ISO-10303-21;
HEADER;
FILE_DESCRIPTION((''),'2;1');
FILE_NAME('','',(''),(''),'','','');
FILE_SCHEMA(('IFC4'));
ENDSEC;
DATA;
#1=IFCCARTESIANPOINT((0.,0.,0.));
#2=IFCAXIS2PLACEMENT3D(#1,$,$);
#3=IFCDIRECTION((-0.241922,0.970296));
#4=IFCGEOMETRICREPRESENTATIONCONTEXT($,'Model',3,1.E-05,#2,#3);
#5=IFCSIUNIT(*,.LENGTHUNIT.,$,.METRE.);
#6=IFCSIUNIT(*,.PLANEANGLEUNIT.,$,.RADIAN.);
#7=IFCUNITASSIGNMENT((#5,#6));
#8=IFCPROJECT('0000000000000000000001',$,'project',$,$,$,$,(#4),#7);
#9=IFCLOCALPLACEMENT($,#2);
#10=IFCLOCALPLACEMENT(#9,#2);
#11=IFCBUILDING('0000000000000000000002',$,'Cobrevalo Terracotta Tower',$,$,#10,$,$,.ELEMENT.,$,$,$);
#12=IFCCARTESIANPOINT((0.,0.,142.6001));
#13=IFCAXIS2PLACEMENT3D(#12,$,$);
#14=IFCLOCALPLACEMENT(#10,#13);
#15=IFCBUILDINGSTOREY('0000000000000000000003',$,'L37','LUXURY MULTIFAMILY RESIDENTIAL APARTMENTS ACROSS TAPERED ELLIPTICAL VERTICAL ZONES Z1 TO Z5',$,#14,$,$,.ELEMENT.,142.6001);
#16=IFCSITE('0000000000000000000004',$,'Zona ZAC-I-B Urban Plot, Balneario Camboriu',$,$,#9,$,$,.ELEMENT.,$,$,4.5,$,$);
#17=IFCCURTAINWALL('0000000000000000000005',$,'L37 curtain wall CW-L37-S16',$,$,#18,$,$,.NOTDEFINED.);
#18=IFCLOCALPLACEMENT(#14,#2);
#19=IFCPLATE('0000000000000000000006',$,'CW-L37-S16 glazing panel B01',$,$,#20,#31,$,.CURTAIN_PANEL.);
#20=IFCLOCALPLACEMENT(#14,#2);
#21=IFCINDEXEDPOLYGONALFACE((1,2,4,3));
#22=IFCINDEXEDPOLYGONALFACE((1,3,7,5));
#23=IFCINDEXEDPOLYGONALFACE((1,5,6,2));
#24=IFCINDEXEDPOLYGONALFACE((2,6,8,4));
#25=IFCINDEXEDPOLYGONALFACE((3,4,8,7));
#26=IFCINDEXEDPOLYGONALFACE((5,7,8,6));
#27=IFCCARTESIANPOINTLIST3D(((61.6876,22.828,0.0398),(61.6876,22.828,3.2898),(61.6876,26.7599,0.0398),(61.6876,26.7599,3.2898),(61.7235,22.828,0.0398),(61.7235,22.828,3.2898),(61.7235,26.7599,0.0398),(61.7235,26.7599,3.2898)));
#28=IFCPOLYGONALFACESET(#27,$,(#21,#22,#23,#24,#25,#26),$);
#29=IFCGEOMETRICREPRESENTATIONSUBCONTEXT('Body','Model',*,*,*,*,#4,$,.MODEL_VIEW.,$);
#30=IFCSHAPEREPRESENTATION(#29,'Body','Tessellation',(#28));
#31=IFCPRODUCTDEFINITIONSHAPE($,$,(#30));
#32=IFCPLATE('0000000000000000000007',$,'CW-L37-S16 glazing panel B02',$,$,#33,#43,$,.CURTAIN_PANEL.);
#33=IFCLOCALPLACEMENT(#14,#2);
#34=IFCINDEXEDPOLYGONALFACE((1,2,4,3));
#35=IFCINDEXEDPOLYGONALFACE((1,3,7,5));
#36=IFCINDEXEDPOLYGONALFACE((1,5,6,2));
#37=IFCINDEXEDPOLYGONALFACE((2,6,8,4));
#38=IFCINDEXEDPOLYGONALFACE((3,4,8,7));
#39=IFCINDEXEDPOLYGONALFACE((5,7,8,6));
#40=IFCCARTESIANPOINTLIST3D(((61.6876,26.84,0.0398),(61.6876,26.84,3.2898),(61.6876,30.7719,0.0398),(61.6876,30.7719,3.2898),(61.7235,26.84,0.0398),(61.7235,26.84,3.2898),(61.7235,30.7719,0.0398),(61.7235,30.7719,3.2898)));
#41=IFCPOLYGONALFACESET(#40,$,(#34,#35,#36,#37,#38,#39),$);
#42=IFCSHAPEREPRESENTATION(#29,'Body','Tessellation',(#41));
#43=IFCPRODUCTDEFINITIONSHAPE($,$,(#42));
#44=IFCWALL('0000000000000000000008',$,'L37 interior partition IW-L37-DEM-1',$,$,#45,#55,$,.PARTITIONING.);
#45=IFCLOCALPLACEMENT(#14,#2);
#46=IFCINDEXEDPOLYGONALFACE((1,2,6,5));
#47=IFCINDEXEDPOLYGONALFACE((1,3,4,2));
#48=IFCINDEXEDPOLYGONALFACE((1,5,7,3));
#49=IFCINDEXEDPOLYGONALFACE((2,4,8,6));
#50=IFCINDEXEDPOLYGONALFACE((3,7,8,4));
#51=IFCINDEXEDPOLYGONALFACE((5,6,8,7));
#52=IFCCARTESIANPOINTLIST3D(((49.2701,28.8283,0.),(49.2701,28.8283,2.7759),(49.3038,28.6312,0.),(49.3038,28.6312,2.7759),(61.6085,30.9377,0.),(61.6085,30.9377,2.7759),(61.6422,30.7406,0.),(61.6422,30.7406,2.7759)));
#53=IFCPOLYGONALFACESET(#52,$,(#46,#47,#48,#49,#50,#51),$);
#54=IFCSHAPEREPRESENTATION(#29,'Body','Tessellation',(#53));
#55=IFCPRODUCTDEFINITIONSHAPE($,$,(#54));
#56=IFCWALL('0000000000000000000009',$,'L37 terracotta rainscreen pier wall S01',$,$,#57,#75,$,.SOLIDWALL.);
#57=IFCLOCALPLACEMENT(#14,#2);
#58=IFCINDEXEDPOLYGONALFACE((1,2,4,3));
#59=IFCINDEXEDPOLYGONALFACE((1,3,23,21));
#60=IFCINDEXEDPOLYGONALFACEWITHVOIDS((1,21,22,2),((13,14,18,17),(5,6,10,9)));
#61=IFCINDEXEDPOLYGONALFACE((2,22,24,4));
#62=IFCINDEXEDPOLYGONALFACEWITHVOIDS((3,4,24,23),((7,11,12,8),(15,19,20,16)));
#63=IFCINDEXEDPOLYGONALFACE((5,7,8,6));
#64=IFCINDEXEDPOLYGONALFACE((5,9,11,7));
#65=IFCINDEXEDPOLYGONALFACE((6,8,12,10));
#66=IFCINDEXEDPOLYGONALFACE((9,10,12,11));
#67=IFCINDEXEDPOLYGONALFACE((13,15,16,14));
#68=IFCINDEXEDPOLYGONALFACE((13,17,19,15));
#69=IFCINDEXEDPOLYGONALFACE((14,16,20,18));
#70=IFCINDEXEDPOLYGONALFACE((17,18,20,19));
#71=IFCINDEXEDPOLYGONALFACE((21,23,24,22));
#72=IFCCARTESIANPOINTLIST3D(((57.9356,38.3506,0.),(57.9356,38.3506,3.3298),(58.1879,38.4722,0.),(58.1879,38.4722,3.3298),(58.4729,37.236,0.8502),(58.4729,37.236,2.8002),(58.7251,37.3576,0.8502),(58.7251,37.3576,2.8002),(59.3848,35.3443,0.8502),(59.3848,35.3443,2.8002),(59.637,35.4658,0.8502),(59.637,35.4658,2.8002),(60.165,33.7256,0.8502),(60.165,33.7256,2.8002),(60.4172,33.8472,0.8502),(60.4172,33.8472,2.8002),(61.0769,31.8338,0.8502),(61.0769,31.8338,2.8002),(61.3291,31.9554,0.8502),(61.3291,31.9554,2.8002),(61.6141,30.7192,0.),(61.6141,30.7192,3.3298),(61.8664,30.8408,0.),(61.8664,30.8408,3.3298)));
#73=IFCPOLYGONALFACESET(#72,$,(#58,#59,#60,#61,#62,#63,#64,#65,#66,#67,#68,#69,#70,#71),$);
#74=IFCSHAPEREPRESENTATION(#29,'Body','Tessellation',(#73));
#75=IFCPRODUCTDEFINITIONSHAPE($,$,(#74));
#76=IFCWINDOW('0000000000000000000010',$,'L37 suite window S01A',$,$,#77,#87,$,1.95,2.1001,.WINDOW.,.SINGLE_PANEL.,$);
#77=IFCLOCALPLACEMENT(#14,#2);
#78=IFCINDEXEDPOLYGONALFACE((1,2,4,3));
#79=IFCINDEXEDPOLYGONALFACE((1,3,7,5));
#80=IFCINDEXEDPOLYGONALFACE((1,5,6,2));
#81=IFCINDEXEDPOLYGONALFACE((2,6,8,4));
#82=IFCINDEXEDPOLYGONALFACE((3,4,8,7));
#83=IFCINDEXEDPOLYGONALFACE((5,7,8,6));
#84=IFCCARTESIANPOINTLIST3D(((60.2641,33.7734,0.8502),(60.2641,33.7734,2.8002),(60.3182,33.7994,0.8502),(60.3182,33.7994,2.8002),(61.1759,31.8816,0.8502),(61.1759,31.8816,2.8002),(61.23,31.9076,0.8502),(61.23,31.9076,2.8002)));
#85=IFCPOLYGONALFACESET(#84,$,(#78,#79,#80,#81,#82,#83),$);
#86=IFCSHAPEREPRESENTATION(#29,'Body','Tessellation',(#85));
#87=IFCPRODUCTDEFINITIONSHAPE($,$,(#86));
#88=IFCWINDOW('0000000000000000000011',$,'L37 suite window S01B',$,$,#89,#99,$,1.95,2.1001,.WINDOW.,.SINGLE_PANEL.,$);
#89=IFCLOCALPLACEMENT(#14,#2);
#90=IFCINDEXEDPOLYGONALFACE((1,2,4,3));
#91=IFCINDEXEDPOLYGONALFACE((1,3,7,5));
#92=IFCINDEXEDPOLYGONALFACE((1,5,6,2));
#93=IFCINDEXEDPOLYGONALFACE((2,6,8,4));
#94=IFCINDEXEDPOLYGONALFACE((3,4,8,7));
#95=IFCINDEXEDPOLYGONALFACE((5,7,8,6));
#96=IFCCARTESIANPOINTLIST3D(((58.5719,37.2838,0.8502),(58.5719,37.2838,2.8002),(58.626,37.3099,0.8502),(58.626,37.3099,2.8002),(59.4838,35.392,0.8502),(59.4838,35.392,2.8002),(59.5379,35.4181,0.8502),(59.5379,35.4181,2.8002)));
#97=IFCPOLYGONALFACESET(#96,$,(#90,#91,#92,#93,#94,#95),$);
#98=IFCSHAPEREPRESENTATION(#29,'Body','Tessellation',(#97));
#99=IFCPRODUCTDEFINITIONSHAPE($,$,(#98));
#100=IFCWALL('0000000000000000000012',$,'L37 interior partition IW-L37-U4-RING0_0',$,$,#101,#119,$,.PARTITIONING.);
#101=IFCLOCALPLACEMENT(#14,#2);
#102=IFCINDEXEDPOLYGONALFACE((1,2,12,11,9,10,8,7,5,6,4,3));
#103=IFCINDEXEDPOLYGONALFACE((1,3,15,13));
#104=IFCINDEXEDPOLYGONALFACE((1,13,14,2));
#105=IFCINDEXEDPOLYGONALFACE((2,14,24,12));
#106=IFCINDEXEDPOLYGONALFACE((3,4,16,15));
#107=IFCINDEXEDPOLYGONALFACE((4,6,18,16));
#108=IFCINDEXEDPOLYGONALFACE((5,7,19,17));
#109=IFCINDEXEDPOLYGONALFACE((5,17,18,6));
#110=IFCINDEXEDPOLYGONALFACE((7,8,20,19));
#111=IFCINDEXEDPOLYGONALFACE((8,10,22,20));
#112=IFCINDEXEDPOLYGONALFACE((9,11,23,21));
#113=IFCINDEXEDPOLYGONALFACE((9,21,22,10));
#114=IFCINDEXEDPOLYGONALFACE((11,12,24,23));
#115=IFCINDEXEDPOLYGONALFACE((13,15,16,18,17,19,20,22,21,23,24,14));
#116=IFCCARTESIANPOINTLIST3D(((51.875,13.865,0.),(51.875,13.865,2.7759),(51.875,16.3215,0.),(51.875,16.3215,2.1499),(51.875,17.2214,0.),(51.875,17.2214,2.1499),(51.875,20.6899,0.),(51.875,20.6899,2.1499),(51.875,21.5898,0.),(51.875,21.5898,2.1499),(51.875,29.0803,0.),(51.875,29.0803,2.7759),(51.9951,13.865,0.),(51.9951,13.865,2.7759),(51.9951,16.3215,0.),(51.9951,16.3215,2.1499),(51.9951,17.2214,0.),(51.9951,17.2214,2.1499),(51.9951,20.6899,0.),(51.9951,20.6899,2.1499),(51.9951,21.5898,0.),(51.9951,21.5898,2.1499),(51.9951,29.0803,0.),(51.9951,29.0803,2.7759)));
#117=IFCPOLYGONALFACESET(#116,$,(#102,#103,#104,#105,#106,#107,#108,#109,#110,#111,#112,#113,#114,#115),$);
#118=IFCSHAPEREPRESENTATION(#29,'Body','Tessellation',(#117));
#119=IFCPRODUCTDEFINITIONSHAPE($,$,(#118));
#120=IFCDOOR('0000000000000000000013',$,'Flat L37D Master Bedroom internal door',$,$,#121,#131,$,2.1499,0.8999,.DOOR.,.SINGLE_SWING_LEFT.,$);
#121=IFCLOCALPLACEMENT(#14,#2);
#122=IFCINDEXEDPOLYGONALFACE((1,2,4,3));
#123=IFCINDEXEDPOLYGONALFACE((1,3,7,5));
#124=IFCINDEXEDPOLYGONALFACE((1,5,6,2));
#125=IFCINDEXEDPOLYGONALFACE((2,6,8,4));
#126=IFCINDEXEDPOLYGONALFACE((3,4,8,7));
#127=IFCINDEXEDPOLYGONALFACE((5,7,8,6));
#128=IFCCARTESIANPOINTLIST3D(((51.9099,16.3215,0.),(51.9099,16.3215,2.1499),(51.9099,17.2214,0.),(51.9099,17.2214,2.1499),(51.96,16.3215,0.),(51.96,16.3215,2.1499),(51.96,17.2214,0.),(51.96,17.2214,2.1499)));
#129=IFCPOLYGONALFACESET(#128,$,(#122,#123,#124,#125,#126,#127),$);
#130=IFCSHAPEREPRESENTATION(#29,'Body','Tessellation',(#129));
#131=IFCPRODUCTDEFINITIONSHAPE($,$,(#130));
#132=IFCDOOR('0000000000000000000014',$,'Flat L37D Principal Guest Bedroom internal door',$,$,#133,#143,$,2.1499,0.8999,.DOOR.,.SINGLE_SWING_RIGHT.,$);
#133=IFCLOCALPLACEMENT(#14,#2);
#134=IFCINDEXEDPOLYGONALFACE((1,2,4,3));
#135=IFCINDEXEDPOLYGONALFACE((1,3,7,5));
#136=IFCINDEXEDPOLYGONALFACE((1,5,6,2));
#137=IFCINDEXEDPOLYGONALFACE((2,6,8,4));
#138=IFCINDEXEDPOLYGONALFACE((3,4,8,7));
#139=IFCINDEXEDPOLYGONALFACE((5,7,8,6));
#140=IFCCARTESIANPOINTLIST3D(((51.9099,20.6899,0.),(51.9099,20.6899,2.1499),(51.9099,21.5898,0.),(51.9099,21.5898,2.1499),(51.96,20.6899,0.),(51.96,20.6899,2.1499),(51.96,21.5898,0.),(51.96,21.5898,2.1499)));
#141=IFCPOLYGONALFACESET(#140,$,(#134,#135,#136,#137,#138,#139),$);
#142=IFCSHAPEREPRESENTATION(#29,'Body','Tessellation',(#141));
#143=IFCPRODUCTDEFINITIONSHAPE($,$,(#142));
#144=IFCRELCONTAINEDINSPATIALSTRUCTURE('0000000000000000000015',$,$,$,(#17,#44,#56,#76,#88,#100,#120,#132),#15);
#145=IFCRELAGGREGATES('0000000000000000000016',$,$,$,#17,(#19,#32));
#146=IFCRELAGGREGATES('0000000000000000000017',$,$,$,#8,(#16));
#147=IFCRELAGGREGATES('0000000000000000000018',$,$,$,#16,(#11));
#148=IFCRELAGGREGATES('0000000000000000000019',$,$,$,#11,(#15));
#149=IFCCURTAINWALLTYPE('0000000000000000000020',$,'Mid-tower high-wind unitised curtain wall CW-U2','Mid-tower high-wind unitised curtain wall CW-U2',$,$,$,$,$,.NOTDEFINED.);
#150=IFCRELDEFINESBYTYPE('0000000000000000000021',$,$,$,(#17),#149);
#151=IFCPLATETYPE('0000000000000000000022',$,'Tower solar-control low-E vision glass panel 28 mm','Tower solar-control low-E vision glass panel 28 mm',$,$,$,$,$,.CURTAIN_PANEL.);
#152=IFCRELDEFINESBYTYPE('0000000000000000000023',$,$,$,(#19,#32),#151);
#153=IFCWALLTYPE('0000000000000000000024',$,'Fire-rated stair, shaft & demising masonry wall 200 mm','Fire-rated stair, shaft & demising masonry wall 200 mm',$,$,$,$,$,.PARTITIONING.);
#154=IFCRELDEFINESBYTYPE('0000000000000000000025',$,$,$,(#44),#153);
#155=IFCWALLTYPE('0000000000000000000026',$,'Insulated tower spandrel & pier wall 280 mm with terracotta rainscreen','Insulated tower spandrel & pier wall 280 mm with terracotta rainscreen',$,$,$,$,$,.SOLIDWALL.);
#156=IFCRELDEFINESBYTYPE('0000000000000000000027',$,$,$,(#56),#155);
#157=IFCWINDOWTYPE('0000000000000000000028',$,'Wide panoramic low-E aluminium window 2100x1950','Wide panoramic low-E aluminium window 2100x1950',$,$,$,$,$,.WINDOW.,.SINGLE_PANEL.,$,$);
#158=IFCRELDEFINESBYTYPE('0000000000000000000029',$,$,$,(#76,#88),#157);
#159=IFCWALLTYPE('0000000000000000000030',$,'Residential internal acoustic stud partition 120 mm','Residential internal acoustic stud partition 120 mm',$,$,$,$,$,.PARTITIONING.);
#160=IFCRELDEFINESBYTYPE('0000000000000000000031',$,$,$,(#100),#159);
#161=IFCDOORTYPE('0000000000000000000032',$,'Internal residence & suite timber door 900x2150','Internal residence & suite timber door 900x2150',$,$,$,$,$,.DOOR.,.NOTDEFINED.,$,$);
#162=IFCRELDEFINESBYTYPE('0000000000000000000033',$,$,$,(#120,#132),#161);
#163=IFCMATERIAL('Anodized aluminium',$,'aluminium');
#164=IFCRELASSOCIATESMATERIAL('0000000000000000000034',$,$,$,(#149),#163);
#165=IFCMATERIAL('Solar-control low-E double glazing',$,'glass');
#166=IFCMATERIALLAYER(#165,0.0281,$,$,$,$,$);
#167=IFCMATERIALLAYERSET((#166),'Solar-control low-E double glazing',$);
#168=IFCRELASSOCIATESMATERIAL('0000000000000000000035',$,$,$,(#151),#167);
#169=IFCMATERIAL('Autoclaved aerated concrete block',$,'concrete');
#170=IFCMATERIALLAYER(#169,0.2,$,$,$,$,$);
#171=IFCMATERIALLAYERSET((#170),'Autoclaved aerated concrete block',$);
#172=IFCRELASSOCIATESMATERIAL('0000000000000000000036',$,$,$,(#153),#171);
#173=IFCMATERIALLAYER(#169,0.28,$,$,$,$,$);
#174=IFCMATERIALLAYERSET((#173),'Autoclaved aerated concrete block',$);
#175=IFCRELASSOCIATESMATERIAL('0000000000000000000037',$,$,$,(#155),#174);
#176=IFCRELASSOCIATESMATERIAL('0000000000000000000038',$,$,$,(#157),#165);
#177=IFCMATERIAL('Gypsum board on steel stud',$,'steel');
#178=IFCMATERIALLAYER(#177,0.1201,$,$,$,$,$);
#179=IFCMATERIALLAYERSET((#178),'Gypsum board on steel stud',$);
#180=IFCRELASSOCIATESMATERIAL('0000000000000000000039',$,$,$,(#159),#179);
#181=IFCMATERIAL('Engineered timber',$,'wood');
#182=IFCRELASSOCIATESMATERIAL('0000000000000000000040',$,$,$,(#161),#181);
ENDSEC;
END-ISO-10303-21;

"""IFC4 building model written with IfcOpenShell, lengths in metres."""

from ifc_helpers import new_model, si_unit, direction, frame, frame_2d, origin, origin_2d, place, context, subcontext, project, spatial, rectangle, extrude, source, transform, mapped, material, layer, layer_set, type_object, element, fill, aggregate, save


model = new_model("IFC4")

# Units and contexts
model_context = context("Model", 3, precision=1e-05, world=origin(), true_north=direction((-0.241922, 0.970296)))
body_context = subcontext(model_context, "Body", "Model", "MODEL_VIEW")
ifc_project = project(units=[si_unit("LENGTHUNIT", "METRE"), si_unit("PLANEANGLEUNIT", "RADIAN")], contexts=[model_context])

# Site, building, storey
site_placement = place(None, origin())
site = spatial("IfcSite", under=ifc_project, at=site_placement, Name="Zona ZAC-I-B Urban Plot, Balneario Camboriu", CompositionType="ELEMENT", RefElevation=4.5)
building_placement = place(site_placement, origin())
building = spatial("IfcBuilding", under=site, at=building_placement, Name="Cobrevalo Terracotta Tower", CompositionType="ELEMENT")
storey_placement = place(building_placement, frame((0.0, 0.0, 142.6001)))
storey = spatial("IfcBuildingStorey", under=building, at=storey_placement, Name="L37", Description="LUXURY MULTIFAMILY RESIDENTIAL APARTMENTS ACROSS TAPERED ELLIPTICAL VERTICAL ZONES Z1 TO Z5", CompositionType="ELEMENT", Elevation=142.6001)

# Curtain wall, plates
ifc_material_1 = material(Name="Anodized aluminium", Category="aluminium")
curtain_wall_type = type_object("IfcCurtainWallType", Name="Mid-tower high-wind unitised curtain wall CW-U2", Description="Mid-tower high-wind unitised curtain wall CW-U2", PredefinedType="NOTDEFINED", material=ifc_material_1)
curtain_wall_placement = place(storey_placement, origin())
curtain_wall = element("IfcCurtainWall", 1, at=curtain_wall_placement, inside=storey, type_object=curtain_wall_type, Name="L37 curtain wall CW-L37-S16", PredefinedType="NOTDEFINED")
ifc_material_2 = material(Name="Solar-control low-E double glazing", Category="glass")
ifc_layer_1 = layer(ifc_material_2, 0.0281)
ifc_layer_set_1 = layer_set([ifc_layer_1], Name="Solar-control low-E double glazing")
plate_type = type_object("IfcPlateType", Name="Tower solar-control low-E vision glass panel 28 mm", Description="Tower solar-control low-E vision glass panel 28 mm", PredefinedType="CURTAIN_PANEL", material=ifc_layer_set_1)
shared_shape_1 = source(origin(), body_context, "Body", "SweptSolid", [
    extrude(rectangle(XDim=3.9319, YDim=0.0359, at=origin_2d()), origin(), (0.0, 0.0, 1.0), 3.25),
])
plate_1_placement = place(storey_placement, frame((61.7056, 24.7939, 0.0398), z_axis=(0.0, 0.0, 1.0), x_axis=(0.0, 1.0, 0.0)))
plate_1 = element("IfcPlate", 2, at=plate_1_placement, type_object=plate_type, Name="CW-L37-S16 glazing panel B01", PredefinedType="CURTAIN_PANEL", context=body_context, shape_type="MappedRepresentation", body=[
    mapped(shared_shape_1, transform((0.0, 0.0, 0.0), scale=1.0)),
])
plate_2_placement = place(storey_placement, frame((61.7056, 28.8059, 0.0398), z_axis=(0.0, 0.0, 1.0), x_axis=(0.0, 1.0, 0.0)))
plate_2 = element("IfcPlate", 3, at=plate_2_placement, type_object=plate_type, Name="CW-L37-S16 glazing panel B02", PredefinedType="CURTAIN_PANEL", context=body_context, shape_type="MappedRepresentation", body=[
    mapped(shared_shape_1, transform((0.0, 0.0, 0.0), scale=1.0)),
])
aggregate(curtain_wall, [plate_1, plate_2])

# Wall
ifc_material_3 = material(Name="Autoclaved aerated concrete block", Category="concrete")
ifc_layer_2 = layer(ifc_material_3, 0.2)
ifc_layer_set_2 = layer_set([ifc_layer_2], Name="Autoclaved aerated concrete block")
wall_type_1 = type_object("IfcWallType", Name="Fire-rated stair, shaft & demising masonry wall 200 mm", Description="Fire-rated stair, shaft & demising masonry wall 200 mm", PredefinedType="PARTITIONING", material=ifc_layer_set_2)
wall_1_placement = place(storey_placement, frame((49.2869, 28.7297, 0.0), z_axis=(0.0, 0.0, 1.0), x_axis=(0.985699, 0.168516, 0.0)))
element("IfcWall", 4, at=wall_1_placement, inside=storey, type_object=wall_type_1, Name="L37 interior partition IW-L37-DEM-1", PredefinedType="PARTITIONING", context=body_context, shape_type="SweptSolid", body=[
    extrude(rectangle(XDim=12.5173, YDim=0.2, at=frame_2d((6.2588, 0.0))), origin(), (0.0, 0.0, 1.0), 2.7759),
])

# Wall, openings, windows
ifc_layer_3 = layer(ifc_material_3, 0.28)
ifc_layer_set_3 = layer_set([ifc_layer_3], Name="Autoclaved aerated concrete block")
wall_type_2 = type_object("IfcWallType", Name="Insulated tower spandrel & pier wall 280 mm with terracotta rainscreen", Description="Insulated tower spandrel & pier wall 280 mm with terracotta rainscreen", PredefinedType="SOLIDWALL", material=ifc_layer_set_3)
wall_2_placement = place(storey_placement, frame((61.7402, 30.78, 0.0), z_axis=(0.0, 0.0, 1.0), x_axis=(-0.43421, 0.900812, 0.0)))
wall_2 = element("IfcWall", 5, at=wall_2_placement, inside=storey, type_object=wall_type_2, Name="L37 terracotta rainscreen pier wall S01", PredefinedType="SOLIDWALL", context=body_context, shape_type="SweptSolid", body=[
    extrude(rectangle(XDim=8.4717, YDim=0.28, at=frame_2d((4.2358, 0.0))), origin(), (0.0, 0.0, 1.0), 3.3298),
])
opening_1_placement = place(wall_2_placement, frame((1.2373, 0.0, 0.8501)))
opening_1 = element("IfcOpeningElement", 6, at=opening_1_placement, cuts=wall_2, PredefinedType="OPENING", context=body_context, shape_type="SweptSolid", body=[
    extrude(rectangle(XDim=2.1001, YDim=1.95, at=frame_2d((1.05, 0.9751))), frame((0.0, 0.1499, 0.0), z_axis=(0.0, -1.0, 0.0), x_axis=(1.0, 0.0, 0.0)), (0.0, 0.0, 1.0), 0.3),
])
opening_2_placement = place(wall_2_placement, frame((5.1343, 0.0, 0.8501)))
opening_2 = element("IfcOpeningElement", 7, at=opening_2_placement, cuts=wall_2, PredefinedType="OPENING", context=body_context, shape_type="SweptSolid", body=[
    extrude(rectangle(XDim=2.1001, YDim=1.95, at=frame_2d((1.05, 0.9751))), frame((0.0, 0.1499, 0.0), z_axis=(0.0, -1.0, 0.0), x_axis=(1.0, 0.0, 0.0)), (0.0, 0.0, 1.0), 0.3),
])
window_type = type_object("IfcWindowType", Name="Wide panoramic low-E aluminium window 2100x1950", Description="Wide panoramic low-E aluminium window 2100x1950", PartitioningType="SINGLE_PANEL", PredefinedType="WINDOW", material=ifc_material_2)
shared_shape_2 = source(origin(), body_context, "Body", "SweptSolid", [
    extrude(rectangle(XDim=2.1001, YDim=1.95, at=frame_2d((1.05, 0.9751))), frame((0.0, 0.03, 0.0), z_axis=(0.0, -1.0, 0.0), x_axis=(1.0, 0.0, 0.0)), (0.0, 0.0, 1.0), 0.0601),
])
window_1_placement = place(opening_1_placement, origin())
window_1 = element("IfcWindow", 8, at=window_1_placement, inside=storey, type_object=window_type, Name="L37 suite window S01A", OverallHeight=1.95, OverallWidth=2.1001, PartitioningType="SINGLE_PANEL", PredefinedType="WINDOW", context=body_context, shape_type="MappedRepresentation", body=[
    mapped(shared_shape_2, transform((0.0, 0.0, 0.0), scale=1.0)),
])
fill(opening_1, window_1)
window_2_placement = place(opening_2_placement, origin())
window_2 = element("IfcWindow", 9, at=window_2_placement, inside=storey, type_object=window_type, Name="L37 suite window S01B", OverallHeight=1.95, OverallWidth=2.1001, PartitioningType="SINGLE_PANEL", PredefinedType="WINDOW", context=body_context, shape_type="MappedRepresentation", body=[
    mapped(shared_shape_2, transform((0.0, 0.0, 0.0), scale=1.0)),
])
fill(opening_2, window_2)

# Shared definitions
ifc_material_4 = material(Name="Gypsum board on steel stud", Category="steel")
ifc_layer_4 = layer(ifc_material_4, 0.1201)
ifc_layer_set_4 = layer_set([ifc_layer_4], Name="Gypsum board on steel stud")
wall_type_3 = type_object("IfcWallType", Name="Residential internal acoustic stud partition 120 mm", Description="Residential internal acoustic stud partition 120 mm", PredefinedType="PARTITIONING", material=ifc_layer_set_4)

# Wall, openings, doors
wall_3_placement = place(storey_placement, frame((51.9351, 29.0803, 0.0), z_axis=(0.0, 0.0, 1.0), x_axis=(0.0, -1.0, 0.0)))
wall_3 = element("IfcWall", 10, at=wall_3_placement, inside=storey, type_object=wall_type_3, Name="L37 interior partition IW-L37-U4-RING0_0", PredefinedType="PARTITIONING", context=body_context, shape_type="SweptSolid", body=[
    extrude(rectangle(XDim=15.2153, YDim=0.1201, at=frame_2d((7.6077, 0.0))), origin(), (0.0, 0.0, 1.0), 2.7759),
])
opening_3_placement = place(wall_3_placement, frame((11.8589, 0.0, 0.0)))
opening_3 = element("IfcOpeningElement", 11, at=opening_3_placement, cuts=wall_3, PredefinedType="OPENING", context=body_context, shape_type="SweptSolid", body=[
    extrude(rectangle(XDim=0.8999, YDim=2.1499, at=frame_2d((0.45, 1.075))), frame((0.0, 0.0701, 0.0), z_axis=(0.0, -1.0, 0.0), x_axis=(1.0, 0.0, 0.0)), (0.0, 0.0, 1.0), 0.1401),
])
opening_4_placement = place(wall_3_placement, frame((7.4905, 0.0, 0.0)))
opening_4 = element("IfcOpeningElement", 12, at=opening_4_placement, cuts=wall_3, PredefinedType="OPENING", context=body_context, shape_type="SweptSolid", body=[
    extrude(rectangle(XDim=0.8999, YDim=2.1499, at=frame_2d((0.45, 1.075))), frame((0.0, 0.0701, 0.0), z_axis=(0.0, -1.0, 0.0), x_axis=(1.0, 0.0, 0.0)), (0.0, 0.0, 1.0), 0.1401),
])
ifc_material_5 = material(Name="Engineered timber", Category="wood")
door_type_1 = type_object("IfcDoorType", Name="Internal residence & suite timber door 900x2150", Description="Internal residence & suite timber door 900x2150", OperationType="NOTDEFINED", PredefinedType="DOOR", material=ifc_material_5)
shared_shape_3 = source(origin(), body_context, "Body", "SweptSolid", [
    extrude(rectangle(XDim=0.8999, YDim=2.1499, at=frame_2d((0.45, 1.075))), frame((0.0, 0.0249, 0.0), z_axis=(0.0, -1.0, 0.0), x_axis=(1.0, 0.0, 0.0)), (0.0, 0.0, 1.0), 0.05),
])
door_1_placement = place(opening_3_placement, origin())
door_1 = element("IfcDoor", 13, at=door_1_placement, inside=storey, type_object=door_type_1, Name="Flat L37D Master Bedroom internal door", OperationType="SINGLE_SWING_LEFT", OverallHeight=2.1499, OverallWidth=0.8999, PredefinedType="DOOR", context=body_context, shape_type="MappedRepresentation", body=[
    mapped(shared_shape_3, transform((0.0, 0.0, 0.0), scale=1.0)),
])
fill(opening_3, door_1)
door_2_placement = place(opening_4_placement, origin())
door_2 = element("IfcDoor", 14, at=door_2_placement, inside=storey, type_object=door_type_1, Name="Flat L37D Principal Guest Bedroom internal door", OperationType="SINGLE_SWING_RIGHT", OverallHeight=2.1499, OverallWidth=0.8999, PredefinedType="DOOR", context=body_context, shape_type="MappedRepresentation", body=[
    mapped(shared_shape_3, transform((0.0, 0.0, 0.0), scale=1.0)),
])
fill(opening_4, door_2)

save(model, "model.ifc")
